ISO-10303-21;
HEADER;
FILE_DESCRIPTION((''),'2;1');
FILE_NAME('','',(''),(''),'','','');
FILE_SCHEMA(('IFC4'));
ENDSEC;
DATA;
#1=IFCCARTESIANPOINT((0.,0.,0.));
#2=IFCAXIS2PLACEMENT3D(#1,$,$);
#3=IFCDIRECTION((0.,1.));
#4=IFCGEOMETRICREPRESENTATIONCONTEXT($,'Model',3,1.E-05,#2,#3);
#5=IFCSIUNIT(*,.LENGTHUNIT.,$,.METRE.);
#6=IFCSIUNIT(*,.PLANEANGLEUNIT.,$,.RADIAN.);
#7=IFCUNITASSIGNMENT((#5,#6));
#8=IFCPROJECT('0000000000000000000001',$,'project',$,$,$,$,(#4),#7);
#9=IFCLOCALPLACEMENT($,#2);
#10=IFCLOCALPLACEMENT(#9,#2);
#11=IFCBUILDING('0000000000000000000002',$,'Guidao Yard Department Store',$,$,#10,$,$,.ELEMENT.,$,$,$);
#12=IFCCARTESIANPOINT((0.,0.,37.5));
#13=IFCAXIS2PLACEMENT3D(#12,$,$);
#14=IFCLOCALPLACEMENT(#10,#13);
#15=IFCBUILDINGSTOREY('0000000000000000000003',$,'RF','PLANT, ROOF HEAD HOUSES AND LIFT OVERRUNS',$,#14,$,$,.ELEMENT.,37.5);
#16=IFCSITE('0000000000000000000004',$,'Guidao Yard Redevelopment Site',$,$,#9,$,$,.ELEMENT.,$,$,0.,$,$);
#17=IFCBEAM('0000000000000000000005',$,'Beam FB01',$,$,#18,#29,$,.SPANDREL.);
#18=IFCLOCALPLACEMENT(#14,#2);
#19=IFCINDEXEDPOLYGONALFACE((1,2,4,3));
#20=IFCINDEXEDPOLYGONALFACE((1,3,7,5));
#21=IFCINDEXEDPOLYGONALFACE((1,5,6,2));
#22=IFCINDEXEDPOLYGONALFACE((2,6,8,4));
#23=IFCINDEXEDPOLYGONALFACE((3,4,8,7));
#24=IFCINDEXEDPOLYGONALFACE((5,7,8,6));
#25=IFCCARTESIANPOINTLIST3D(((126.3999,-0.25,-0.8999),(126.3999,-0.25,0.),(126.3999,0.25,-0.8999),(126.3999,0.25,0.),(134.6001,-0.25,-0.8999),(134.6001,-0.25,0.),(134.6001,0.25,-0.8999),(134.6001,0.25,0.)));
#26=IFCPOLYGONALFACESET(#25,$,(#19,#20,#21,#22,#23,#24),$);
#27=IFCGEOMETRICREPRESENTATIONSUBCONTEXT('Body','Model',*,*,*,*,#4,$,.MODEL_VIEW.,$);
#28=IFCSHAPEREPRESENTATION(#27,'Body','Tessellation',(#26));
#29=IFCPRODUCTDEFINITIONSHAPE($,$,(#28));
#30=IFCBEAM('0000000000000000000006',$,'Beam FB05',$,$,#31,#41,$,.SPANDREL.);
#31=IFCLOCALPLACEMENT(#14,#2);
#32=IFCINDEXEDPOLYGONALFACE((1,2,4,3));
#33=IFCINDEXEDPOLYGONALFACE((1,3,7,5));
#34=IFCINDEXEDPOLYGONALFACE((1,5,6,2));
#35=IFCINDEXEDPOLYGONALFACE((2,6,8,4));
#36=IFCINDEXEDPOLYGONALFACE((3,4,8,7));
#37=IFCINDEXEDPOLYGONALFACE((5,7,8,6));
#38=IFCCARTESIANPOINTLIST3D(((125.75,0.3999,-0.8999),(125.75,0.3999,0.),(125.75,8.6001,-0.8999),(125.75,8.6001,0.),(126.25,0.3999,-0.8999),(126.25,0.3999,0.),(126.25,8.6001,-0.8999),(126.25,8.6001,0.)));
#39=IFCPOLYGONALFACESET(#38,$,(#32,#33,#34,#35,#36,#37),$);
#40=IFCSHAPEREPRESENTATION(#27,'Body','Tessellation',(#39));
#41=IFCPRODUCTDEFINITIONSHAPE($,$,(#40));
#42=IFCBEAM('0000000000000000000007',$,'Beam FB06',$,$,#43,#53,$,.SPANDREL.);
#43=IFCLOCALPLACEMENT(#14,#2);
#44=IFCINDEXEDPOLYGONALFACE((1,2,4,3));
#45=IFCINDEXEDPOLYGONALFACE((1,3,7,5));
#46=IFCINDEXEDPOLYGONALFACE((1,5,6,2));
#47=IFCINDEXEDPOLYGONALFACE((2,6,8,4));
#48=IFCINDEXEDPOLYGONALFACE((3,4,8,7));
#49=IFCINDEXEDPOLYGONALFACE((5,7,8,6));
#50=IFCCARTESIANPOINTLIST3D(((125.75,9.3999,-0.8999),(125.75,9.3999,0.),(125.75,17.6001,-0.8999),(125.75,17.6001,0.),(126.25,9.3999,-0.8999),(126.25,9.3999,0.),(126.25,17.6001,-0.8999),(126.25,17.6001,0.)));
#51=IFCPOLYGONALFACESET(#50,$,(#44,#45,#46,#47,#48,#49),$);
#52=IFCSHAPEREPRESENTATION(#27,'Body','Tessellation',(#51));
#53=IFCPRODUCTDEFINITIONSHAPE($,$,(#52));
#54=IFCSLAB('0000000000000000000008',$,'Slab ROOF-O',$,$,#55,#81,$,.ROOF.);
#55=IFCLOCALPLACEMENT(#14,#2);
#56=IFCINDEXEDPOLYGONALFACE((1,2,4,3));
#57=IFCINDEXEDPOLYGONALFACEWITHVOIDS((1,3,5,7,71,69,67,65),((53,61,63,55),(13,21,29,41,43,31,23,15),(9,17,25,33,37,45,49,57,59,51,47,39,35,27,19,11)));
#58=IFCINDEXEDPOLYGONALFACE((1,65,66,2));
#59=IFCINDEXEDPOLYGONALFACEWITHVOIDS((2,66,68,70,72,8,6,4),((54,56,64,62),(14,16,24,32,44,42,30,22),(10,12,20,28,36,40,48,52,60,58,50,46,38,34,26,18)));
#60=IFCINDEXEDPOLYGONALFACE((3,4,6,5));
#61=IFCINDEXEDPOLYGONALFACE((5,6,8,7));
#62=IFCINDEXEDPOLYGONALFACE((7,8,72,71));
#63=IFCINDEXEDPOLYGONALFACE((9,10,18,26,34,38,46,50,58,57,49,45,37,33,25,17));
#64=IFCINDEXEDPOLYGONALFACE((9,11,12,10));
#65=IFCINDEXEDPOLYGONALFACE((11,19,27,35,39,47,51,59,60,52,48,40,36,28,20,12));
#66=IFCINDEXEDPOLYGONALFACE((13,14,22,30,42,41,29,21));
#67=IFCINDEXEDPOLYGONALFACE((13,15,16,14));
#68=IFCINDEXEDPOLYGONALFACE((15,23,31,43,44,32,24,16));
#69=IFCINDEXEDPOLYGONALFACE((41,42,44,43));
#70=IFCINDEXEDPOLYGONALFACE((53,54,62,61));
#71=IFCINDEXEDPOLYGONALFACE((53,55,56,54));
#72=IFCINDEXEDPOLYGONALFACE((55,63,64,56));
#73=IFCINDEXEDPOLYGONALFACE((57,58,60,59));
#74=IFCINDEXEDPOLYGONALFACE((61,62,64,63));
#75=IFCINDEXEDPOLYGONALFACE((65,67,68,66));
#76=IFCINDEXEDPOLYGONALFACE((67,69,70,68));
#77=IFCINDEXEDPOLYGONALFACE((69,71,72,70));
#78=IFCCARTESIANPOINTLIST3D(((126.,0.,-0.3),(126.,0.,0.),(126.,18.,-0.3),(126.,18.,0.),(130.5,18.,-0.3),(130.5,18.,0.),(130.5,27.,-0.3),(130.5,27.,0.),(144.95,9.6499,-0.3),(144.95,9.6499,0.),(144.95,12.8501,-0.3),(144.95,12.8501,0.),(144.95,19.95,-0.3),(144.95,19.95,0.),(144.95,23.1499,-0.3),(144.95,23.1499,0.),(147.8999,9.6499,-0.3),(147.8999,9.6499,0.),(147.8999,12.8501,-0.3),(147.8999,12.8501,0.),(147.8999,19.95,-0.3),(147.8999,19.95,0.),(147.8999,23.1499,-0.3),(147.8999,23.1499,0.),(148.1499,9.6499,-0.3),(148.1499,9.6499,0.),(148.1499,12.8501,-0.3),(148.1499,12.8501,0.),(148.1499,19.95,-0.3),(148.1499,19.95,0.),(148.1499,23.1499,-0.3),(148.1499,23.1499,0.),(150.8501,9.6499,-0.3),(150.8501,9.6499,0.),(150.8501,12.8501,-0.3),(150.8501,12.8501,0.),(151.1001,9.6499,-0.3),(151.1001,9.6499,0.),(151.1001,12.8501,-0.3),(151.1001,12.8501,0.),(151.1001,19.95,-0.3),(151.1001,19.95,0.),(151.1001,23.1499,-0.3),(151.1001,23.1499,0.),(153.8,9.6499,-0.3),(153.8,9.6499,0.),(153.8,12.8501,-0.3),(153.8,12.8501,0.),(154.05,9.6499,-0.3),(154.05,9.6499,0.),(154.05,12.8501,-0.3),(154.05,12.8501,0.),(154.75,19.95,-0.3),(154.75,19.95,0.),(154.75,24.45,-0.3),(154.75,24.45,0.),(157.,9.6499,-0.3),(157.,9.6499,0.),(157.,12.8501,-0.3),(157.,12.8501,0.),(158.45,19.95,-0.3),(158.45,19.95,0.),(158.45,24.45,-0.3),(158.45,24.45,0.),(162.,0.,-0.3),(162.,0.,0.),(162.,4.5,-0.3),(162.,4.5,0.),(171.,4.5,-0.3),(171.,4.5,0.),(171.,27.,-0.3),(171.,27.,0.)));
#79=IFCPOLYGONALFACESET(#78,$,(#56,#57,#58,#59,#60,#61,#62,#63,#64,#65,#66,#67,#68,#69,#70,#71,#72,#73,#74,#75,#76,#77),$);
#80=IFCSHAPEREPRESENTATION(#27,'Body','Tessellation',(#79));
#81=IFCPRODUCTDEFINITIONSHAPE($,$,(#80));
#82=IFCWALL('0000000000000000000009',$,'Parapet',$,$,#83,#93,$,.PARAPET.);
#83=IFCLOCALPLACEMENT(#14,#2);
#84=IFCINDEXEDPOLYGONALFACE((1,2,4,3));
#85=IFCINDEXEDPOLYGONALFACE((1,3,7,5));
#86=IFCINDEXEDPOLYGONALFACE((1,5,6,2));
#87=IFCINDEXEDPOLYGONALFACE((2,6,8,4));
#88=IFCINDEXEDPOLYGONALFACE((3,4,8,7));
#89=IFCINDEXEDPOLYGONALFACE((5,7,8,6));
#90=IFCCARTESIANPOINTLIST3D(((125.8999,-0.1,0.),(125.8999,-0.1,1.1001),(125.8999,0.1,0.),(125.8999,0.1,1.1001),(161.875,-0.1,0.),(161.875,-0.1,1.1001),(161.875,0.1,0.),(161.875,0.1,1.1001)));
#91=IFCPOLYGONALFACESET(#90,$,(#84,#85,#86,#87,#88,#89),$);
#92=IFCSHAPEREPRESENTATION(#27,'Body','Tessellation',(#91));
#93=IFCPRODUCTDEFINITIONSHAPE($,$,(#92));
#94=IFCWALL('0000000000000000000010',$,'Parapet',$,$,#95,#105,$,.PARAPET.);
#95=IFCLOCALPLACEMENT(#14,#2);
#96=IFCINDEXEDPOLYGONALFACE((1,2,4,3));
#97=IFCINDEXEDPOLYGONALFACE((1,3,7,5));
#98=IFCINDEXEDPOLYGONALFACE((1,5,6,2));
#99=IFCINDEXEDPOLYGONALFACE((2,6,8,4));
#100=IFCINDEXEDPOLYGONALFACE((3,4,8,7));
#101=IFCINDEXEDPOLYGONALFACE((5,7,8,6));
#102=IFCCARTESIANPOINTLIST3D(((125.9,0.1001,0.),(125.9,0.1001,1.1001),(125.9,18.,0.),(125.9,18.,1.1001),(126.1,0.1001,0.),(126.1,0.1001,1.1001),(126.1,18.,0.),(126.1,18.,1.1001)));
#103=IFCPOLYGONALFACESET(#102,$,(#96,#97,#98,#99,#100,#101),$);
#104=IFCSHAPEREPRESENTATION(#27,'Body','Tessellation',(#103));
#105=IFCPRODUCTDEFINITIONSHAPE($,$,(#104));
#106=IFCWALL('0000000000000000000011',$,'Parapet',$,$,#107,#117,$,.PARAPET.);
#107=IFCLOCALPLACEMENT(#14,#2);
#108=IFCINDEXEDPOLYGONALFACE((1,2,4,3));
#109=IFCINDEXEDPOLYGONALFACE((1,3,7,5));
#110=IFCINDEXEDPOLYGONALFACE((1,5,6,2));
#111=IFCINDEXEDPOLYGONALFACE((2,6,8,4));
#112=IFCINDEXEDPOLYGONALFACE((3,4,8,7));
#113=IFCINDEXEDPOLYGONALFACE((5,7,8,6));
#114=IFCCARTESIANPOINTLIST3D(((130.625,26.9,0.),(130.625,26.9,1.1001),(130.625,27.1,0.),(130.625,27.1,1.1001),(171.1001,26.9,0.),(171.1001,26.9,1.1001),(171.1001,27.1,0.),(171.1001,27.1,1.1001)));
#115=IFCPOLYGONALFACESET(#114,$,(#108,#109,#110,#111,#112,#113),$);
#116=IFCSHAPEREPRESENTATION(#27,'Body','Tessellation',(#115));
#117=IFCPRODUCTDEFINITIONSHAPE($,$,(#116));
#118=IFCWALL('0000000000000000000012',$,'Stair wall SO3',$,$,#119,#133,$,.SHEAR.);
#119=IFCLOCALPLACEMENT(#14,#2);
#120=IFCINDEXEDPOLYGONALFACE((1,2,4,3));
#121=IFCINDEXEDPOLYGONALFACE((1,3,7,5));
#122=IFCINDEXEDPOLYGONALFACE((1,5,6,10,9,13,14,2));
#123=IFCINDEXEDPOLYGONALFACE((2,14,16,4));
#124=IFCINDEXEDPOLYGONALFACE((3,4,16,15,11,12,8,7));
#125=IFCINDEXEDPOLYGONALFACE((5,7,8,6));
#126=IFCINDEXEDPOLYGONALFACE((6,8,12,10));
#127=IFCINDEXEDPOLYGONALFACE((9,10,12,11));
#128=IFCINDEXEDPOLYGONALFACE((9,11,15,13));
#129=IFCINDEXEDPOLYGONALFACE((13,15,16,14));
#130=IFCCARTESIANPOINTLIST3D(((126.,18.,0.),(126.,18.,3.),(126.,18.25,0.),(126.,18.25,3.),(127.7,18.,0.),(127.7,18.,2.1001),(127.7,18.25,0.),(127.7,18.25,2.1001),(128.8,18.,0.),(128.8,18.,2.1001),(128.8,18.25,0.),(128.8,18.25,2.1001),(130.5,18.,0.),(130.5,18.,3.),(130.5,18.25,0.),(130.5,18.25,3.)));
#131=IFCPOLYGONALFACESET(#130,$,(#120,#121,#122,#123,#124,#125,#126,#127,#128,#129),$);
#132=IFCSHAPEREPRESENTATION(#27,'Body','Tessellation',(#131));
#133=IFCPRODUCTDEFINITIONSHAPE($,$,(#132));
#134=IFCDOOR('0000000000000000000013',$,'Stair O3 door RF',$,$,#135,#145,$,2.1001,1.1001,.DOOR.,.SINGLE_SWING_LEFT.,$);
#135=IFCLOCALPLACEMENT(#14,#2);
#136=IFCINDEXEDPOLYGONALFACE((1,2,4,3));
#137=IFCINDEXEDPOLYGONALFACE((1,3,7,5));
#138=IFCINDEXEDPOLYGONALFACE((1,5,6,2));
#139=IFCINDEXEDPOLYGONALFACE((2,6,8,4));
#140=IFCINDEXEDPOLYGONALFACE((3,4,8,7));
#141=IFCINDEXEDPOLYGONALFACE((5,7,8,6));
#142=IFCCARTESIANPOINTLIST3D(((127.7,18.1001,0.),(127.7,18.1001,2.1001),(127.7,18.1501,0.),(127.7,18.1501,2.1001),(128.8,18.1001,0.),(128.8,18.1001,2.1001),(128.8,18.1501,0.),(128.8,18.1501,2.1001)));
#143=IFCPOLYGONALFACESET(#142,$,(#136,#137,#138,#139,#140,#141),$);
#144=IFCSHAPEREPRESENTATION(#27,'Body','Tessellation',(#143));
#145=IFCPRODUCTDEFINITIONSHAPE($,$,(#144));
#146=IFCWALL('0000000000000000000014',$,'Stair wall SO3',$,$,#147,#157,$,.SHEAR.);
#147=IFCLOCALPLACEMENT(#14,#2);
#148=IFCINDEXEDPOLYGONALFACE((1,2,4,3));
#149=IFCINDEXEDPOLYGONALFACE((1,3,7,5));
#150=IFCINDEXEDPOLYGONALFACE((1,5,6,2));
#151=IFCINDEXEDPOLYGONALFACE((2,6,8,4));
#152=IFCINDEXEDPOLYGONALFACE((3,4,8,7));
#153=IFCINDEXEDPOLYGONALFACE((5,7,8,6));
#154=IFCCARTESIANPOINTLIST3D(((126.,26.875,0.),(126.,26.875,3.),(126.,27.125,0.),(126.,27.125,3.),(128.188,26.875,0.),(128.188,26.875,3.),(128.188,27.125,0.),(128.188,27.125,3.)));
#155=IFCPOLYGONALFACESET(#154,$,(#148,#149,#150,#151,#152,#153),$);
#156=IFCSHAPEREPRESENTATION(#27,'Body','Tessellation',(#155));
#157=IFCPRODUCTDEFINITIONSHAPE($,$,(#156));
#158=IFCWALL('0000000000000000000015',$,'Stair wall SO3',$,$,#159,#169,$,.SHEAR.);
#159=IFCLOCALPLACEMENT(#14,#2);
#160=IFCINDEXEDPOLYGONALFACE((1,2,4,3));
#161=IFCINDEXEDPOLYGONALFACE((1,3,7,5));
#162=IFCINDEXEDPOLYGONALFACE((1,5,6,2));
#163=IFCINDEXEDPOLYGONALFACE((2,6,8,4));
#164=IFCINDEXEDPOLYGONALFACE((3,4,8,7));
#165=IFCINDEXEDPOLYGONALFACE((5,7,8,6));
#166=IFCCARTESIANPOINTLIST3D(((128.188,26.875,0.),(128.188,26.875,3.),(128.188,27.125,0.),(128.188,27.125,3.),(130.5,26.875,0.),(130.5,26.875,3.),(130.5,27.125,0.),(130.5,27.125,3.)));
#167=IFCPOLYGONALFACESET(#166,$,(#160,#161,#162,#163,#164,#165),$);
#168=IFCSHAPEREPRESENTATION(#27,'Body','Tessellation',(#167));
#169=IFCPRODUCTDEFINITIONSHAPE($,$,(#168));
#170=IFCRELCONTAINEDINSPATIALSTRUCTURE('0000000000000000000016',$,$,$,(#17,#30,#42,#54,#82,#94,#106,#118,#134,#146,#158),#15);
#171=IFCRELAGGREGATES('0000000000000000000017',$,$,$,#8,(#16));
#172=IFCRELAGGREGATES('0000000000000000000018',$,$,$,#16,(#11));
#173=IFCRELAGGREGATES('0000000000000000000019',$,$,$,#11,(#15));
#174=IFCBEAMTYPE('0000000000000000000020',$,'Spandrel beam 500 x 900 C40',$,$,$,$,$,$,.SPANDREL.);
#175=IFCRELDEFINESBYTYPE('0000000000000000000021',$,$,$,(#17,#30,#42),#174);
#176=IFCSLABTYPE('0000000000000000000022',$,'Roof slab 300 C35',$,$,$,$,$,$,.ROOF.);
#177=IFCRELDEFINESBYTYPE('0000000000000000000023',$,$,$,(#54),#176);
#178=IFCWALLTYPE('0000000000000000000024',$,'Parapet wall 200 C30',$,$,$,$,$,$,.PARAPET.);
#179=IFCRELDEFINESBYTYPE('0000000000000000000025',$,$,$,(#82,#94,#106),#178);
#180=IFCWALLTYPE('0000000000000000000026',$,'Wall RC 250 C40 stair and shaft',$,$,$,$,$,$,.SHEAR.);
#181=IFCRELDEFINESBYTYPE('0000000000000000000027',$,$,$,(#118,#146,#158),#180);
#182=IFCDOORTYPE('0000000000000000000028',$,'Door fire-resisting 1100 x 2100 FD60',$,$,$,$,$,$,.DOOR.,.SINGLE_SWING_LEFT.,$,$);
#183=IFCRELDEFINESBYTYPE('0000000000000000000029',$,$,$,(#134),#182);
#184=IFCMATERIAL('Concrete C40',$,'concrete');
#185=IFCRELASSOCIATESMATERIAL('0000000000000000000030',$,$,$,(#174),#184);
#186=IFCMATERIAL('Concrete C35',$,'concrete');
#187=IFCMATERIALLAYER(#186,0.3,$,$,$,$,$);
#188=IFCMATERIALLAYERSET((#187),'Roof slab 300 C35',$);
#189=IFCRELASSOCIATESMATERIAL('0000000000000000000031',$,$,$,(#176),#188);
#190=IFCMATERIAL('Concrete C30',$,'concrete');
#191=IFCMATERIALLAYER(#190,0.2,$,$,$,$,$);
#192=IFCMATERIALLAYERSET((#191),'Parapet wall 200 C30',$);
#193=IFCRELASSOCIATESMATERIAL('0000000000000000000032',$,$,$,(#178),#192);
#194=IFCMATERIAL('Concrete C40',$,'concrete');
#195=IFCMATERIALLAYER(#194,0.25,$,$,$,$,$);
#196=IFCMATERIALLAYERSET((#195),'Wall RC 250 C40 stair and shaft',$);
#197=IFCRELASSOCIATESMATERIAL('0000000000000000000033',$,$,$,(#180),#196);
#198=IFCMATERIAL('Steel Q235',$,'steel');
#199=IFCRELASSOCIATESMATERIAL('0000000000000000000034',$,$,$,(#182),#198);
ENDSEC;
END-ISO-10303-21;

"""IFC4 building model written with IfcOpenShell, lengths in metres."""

from ifc_helpers import new_model, si_unit, direction, frame, frame_2d, origin, origin_2d, place, context, subcontext, project, spatial, polyline, rectangle, outline, extrude, material, layer, layer_set, material_profile, profile_set, type_object, element, fill, save


model = new_model("IFC4")

# Units and contexts
model_context = context("Model", 3, precision=1e-05, world=origin(), true_north=direction((0.0, 1.0)))
body_context = subcontext(model_context, "Body", "Model", "MODEL_VIEW")
ifc_project = project(units=[si_unit("LENGTHUNIT", "METRE"), si_unit("PLANEANGLEUNIT", "RADIAN")], contexts=[model_context])

# Site, building, storey
site_placement = place(None, origin())
site = spatial("IfcSite", under=ifc_project, at=site_placement, Name="Guidao Yard Redevelopment Site", CompositionType="ELEMENT", RefElevation=0.0)
building_placement = place(site_placement, origin())
building = spatial("IfcBuilding", under=site, at=building_placement, Name="Guidao Yard Department Store", CompositionType="ELEMENT")
storey_placement = place(building_placement, frame((0.0, 0.0, 37.5)))
storey = spatial("IfcBuildingStorey", under=building, at=storey_placement, Name="RF", Description="PLANT, ROOF HEAD HOUSES AND LIFT OVERRUNS", CompositionType="ELEMENT", Elevation=37.5)

# Beams
ifc_material_1 = material(Name="Concrete C40", Category="concrete")
ifc_material_profile = material_profile(ifc_material_1, rectangle(XDim=0.5, YDim=0.8999, at=origin_2d()), Name="Spandrel beam 500 x 900 C40")
ifc_profile_set = profile_set([ifc_material_profile], Name="Concrete C40")
beam_type = type_object("IfcBeamType", Name="Spandrel beam 500 x 900 C40", PredefinedType="SPANDREL", material=ifc_profile_set)
for number, where, z_axis, x_axis, name in (
    (1, (126.3999, 0.0, -0.45), (1.0, 0.0, 0.0), (0.0, 1.0, 0.0), "Beam FB01"),
    (2, (126.0, 0.3999, -0.45), (0.0, 1.0, 0.0), (-1.0, 0.0, 0.0), "Beam FB05"),
    (3, (126.0, 9.3999, -0.45), (0.0, 1.0, 0.0), (-1.0, 0.0, 0.0), "Beam FB06"),
):
    element("IfcBeam", number, at=place(storey_placement, frame(where, z_axis=z_axis, x_axis=x_axis)), inside=storey, type_object=beam_type, Name=name, PredefinedType="SPANDREL", context=body_context, shape_type="SweptSolid", body=[
        extrude(rectangle(XDim=0.5, YDim=0.8999, at=origin_2d()), origin(), (0.0, 0.0, 1.0), 8.2002),
    ])

# Slab
ifc_material_2 = material(Name="Concrete C35", Category="concrete")
ifc_layer_1 = layer(ifc_material_2, 0.3)
ifc_layer_set_1 = layer_set([ifc_layer_1], Name="Roof slab 300 C35")
slab_type = type_object("IfcSlabType", Name="Roof slab 300 C35", PredefinedType="ROOF", material=ifc_layer_set_1)
slab_placement = place(storey_placement, frame((0.0, 0.0, -0.3)))
element("IfcSlab", 4, at=slab_placement, inside=storey, type_object=slab_type, Name="Slab ROOF-O", PredefinedType="ROOF", context=body_context, shape_type="SweptSolid", body=[
    extrude(outline(polyline([(162.0, 0.0), (126.0, 0.0), (126.0, 18.0), (130.5, 18.0), (130.5, 27.0), (171.0, 27.0), (171.0, 4.5), (162.0, 4.5), (162.0, 0.0)]), holes=[polyline([(153.8, 9.6499), (154.05, 9.6499), (157.0, 9.6499), (157.0, 12.8501), (154.05, 12.8501), (153.8, 12.8501), (151.1001, 12.8501), (150.8501, 12.8501), (148.1499, 12.8501), (147.8999, 12.8501), (144.95, 12.8501), (144.95, 9.6499), (147.8999, 9.6499), (148.1499, 9.6499), (150.8501, 9.6499), (151.1001, 9.6499), (153.8, 9.6499)]), polyline([(144.95, 19.95), (147.8999, 19.95), (148.1499, 19.95), (151.1001, 19.95), (151.1001, 23.1499), (148.1499, 23.1499), (147.8999, 23.1499), (144.95, 23.1499), (144.95, 19.95)]), polyline([(154.75, 24.45), (154.75, 19.95), (158.45, 19.95), (158.45, 24.45), (154.75, 24.45)])]), origin(), (0.0, 0.0, 1.0), 0.3),
])

# Walls
ifc_material_3 = material(Name="Concrete C30", Category="concrete")
ifc_layer_2 = layer(ifc_material_3, 0.2)
ifc_layer_set_2 = layer_set([ifc_layer_2], Name="Parapet wall 200 C30")
wall_type_1 = type_object("IfcWallType", Name="Parapet wall 200 C30", PredefinedType="PARAPET", material=ifc_layer_set_2)
wall_1_placement = place(storey_placement, frame((125.8999, 0.0, 0.0), z_axis=(0.0, 0.0, 1.0), x_axis=(1.0, 0.0, 0.0)))
element("IfcWall", 5, at=wall_1_placement, inside=storey, type_object=wall_type_1, Name="Parapet", PredefinedType="PARAPET", context=body_context, shape_type="SweptSolid", body=[
    extrude(rectangle(XDim=35.9751, YDim=0.2, at=frame_2d((17.9875, 0.0))), origin(), (0.0, 0.0, 1.0), 1.1001),
])
wall_2_placement = place(storey_placement, frame((126.0, 0.1001, 0.0), z_axis=(0.0, 0.0, 1.0), x_axis=(0.0, 1.0, 0.0)))
element("IfcWall", 6, at=wall_2_placement, inside=storey, type_object=wall_type_1, Name="Parapet", PredefinedType="PARAPET", context=body_context, shape_type="SweptSolid", body=[
    extrude(rectangle(XDim=17.8999, YDim=0.2, at=frame_2d((8.95, 0.0))), origin(), (0.0, 0.0, 1.0), 1.1001),
])
wall_3_placement = place(storey_placement, frame((130.625, 27.0, 0.0), z_axis=(0.0, 0.0, 1.0), x_axis=(1.0, 0.0, 0.0)))
element("IfcWall", 7, at=wall_3_placement, inside=storey, type_object=wall_type_1, Name="Parapet", PredefinedType="PARAPET", context=body_context, shape_type="SweptSolid", body=[
    extrude(rectangle(XDim=40.4751, YDim=0.2, at=frame_2d((20.2375, 0.0))), origin(), (0.0, 0.0, 1.0), 1.1001),
])

# Wall, opening, door
ifc_material_4 = material(Name="Concrete C40", Category="concrete")
ifc_layer_3 = layer(ifc_material_4, 0.25)
ifc_layer_set_3 = layer_set([ifc_layer_3], Name="Wall RC 250 C40 stair and shaft")
wall_type_2 = type_object("IfcWallType", Name="Wall RC 250 C40 stair and shaft", PredefinedType="SHEAR", material=ifc_layer_set_3)
wall_4_placement = place(storey_placement, frame((126.0, 18.125, 0.0), z_axis=(0.0, 0.0, 1.0), x_axis=(1.0, 0.0, 0.0)))
wall_4 = element("IfcWall", 8, at=wall_4_placement, inside=storey, type_object=wall_type_2, Name="Stair wall SO3", PredefinedType="SHEAR", context=body_context, shape_type="SweptSolid", body=[
    extrude(rectangle(XDim=4.5, YDim=0.25, at=frame_2d((2.25, 0.0))), origin(), (0.0, 0.0, 1.0), 3.0),
])
opening_1_placement = place(wall_4_placement, frame((2.8, 0.0, 0.0), z_axis=(0.0, 0.0, 1.0), x_axis=(-1.0, 0.0, 0.0)))
opening_1 = element("IfcOpeningElement", 9, at=opening_1_placement, cuts=wall_4, PredefinedType="OPENING", context=body_context, shape_type="SweptSolid", body=[
    extrude(rectangle(XDim=1.1001, YDim=2.1001, at=frame_2d((0.55, 1.05))), frame((0.0, 0.135, 0.0), z_axis=(0.0, -1.0, 0.0), x_axis=(1.0, 0.0, 0.0)), (0.0, 0.0, 1.0), 0.27),
])
ifc_material_5 = material(Name="Steel Q235", Category="steel")
door_type_1 = type_object("IfcDoorType", Name="Door fire-resisting 1100 x 2100 FD60", OperationType="SINGLE_SWING_LEFT", PredefinedType="DOOR", material=ifc_material_5)
door_1_placement = place(opening_1_placement, origin())
door_1 = element("IfcDoor", 10, at=door_1_placement, inside=storey, type_object=door_type_1, Name="Stair O3 door RF", OperationType="SINGLE_SWING_LEFT", OverallHeight=2.1001, OverallWidth=1.1001, PredefinedType="DOOR", context=body_context, shape_type="SweptSolid", body=[
    extrude(rectangle(XDim=1.1001, YDim=2.1001, at=frame_2d((0.55, 1.05))), frame((0.0, 0.0249, 0.0), z_axis=(0.0, -1.0, 0.0), x_axis=(1.0, 0.0, 0.0)), (0.0, 0.0, 1.0), 0.05),
])
fill(opening_1, door_1)

# Walls
wall_5_placement = place(storey_placement, frame((126.0, 27.0, 0.0), z_axis=(0.0, 0.0, 1.0), x_axis=(1.0, 0.0, 0.0)))
element("IfcWall", 11, at=wall_5_placement, inside=storey, type_object=wall_type_2, Name="Stair wall SO3", PredefinedType="SHEAR", context=body_context, shape_type="SweptSolid", body=[
    extrude(rectangle(XDim=2.188, YDim=0.25, at=frame_2d((1.094, 0.0))), origin(), (0.0, 0.0, 1.0), 3.0),
])
wall_6_placement = place(storey_placement, frame((128.188, 27.0, 0.0), z_axis=(0.0, 0.0, 1.0), x_axis=(1.0, 0.0, 0.0)))
element("IfcWall", 12, at=wall_6_placement, inside=storey, type_object=wall_type_2, Name="Stair wall SO3", PredefinedType="SHEAR", context=body_context, shape_type="SweptSolid", body=[
    extrude(rectangle(XDim=2.312, YDim=0.25, at=frame_2d((1.156, 0.0))), origin(), (0.0, 0.0, 1.0), 3.0),
])

save(model, "model.ifc")
